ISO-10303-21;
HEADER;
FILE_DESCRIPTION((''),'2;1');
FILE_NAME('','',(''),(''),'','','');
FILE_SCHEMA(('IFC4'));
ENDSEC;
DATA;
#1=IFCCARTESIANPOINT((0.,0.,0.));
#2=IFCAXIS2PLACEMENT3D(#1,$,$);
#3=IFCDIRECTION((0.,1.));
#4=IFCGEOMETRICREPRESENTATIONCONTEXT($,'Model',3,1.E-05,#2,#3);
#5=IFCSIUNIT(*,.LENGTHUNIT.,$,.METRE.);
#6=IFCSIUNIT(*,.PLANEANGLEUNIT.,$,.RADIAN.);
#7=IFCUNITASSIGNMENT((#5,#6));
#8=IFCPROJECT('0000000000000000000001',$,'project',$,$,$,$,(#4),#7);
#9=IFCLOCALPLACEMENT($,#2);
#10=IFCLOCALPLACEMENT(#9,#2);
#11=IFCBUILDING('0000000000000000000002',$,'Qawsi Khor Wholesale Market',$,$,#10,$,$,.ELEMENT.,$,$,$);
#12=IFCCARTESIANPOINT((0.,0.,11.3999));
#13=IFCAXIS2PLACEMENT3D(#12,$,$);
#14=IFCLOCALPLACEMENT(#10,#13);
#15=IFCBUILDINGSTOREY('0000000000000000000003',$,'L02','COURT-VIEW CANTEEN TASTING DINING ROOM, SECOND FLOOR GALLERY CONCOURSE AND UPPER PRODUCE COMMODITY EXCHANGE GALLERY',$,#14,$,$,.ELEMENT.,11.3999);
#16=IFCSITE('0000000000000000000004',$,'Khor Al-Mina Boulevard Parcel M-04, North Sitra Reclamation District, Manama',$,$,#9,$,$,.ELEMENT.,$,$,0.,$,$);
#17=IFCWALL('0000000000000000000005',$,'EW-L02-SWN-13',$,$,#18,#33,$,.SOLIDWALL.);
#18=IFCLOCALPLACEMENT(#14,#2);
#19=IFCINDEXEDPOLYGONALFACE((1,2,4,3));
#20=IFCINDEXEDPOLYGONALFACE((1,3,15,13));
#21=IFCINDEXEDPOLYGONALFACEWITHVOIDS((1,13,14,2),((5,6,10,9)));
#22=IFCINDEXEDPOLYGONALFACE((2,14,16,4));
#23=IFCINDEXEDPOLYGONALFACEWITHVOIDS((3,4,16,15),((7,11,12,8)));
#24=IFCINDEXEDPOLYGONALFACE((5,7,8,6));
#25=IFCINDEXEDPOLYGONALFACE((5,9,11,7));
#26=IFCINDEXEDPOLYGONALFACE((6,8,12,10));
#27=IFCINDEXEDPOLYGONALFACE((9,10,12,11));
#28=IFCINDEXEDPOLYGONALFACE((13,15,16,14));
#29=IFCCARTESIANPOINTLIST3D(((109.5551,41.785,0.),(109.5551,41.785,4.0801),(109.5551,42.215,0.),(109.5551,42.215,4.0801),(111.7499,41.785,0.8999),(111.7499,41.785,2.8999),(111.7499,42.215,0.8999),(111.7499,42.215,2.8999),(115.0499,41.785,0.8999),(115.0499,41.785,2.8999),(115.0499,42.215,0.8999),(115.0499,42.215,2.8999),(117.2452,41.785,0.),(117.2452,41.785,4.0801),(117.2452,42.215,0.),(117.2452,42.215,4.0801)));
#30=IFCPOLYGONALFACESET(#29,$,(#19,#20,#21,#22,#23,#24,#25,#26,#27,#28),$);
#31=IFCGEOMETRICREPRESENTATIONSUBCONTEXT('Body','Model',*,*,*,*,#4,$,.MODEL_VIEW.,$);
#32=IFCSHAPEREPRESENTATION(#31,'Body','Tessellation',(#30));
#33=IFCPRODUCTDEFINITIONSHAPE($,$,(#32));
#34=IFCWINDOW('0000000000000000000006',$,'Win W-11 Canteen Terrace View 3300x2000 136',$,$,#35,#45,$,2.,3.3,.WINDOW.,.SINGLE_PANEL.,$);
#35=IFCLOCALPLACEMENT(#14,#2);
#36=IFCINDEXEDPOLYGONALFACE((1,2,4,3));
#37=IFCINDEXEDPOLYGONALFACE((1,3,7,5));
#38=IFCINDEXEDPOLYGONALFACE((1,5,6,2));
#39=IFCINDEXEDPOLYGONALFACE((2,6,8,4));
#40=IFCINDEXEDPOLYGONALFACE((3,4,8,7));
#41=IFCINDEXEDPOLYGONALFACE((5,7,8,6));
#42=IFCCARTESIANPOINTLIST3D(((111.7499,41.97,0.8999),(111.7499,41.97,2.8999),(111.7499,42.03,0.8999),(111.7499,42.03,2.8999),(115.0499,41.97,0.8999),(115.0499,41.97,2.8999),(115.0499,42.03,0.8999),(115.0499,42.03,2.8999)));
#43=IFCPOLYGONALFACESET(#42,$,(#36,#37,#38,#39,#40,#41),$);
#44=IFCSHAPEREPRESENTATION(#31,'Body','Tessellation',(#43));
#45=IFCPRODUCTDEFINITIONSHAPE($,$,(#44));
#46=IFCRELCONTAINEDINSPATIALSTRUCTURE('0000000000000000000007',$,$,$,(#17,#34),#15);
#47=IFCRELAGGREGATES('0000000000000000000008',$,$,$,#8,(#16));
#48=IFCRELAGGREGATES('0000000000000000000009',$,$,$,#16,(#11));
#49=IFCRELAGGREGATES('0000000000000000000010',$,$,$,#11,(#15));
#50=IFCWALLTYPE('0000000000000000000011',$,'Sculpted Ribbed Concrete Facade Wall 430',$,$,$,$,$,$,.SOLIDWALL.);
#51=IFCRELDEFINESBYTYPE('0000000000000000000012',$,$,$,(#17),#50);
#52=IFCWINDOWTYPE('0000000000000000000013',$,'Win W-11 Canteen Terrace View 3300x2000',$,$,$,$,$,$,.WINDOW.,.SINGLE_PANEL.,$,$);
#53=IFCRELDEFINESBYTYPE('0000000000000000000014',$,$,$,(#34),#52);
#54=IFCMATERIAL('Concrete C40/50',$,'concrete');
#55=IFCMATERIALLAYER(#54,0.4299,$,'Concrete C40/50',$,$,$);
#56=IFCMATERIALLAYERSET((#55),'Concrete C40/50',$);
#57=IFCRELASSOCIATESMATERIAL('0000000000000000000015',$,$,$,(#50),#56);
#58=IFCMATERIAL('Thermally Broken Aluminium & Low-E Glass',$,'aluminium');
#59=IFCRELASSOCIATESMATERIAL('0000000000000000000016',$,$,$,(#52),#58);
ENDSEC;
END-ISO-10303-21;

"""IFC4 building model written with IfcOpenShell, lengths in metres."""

from ifc_helpers import new_model, si_unit, direction, frame, frame_2d, origin, place, context, subcontext, project, spatial, rectangle, extrude, material, layer, layer_set, type_object, element, fill, save


model = new_model("IFC4")

# Units and contexts
model_context = context("Model", 3, precision=1e-05, world=origin(), true_north=direction((0.0, 1.0)))
body_context = subcontext(model_context, "Body", "Model", "MODEL_VIEW")
ifc_project = project(units=[si_unit("LENGTHUNIT", "METRE"), si_unit("PLANEANGLEUNIT", "RADIAN")], contexts=[model_context])

# Site, building, storey
site_placement = place(None, origin())
site = spatial("IfcSite", under=ifc_project, at=site_placement, Name="Khor Al-Mina Boulevard Parcel M-04, North Sitra Reclamation District, Manama", CompositionType="ELEMENT", RefElevation=0.0)
building_placement = place(site_placement, origin())
building = spatial("IfcBuilding", under=site, at=building_placement, Name="Qawsi Khor Wholesale Market", CompositionType="ELEMENT")
storey_placement = place(building_placement, frame((0.0, 0.0, 11.3999)))
storey = spatial("IfcBuildingStorey", under=building, at=storey_placement, Name="L02", Description="COURT-VIEW CANTEEN TASTING DINING ROOM, SECOND FLOOR GALLERY CONCOURSE AND UPPER PRODUCE COMMODITY EXCHANGE GALLERY", CompositionType="ELEMENT", Elevation=11.3999)

# Shared definitions
ifc_material_1 = material(Name="Concrete C40/50", Category="concrete")

# Wall, opening, window
ifc_layer_1 = layer(ifc_material_1, 0.4299, Name="Concrete C40/50")
ifc_layer_set_1 = layer_set([ifc_layer_1], Name="Concrete C40/50")
wall_type = type_object("IfcWallType", Name="Sculpted Ribbed Concrete Facade Wall 430", PredefinedType="SOLIDWALL", material=ifc_layer_set_1)
ifc_material_2 = material(Name="Thermally Broken Aluminium & Low-E Glass", Category="aluminium")
window_type = type_object("IfcWindowType", Name="Win W-11 Canteen Terrace View 3300x2000", PartitioningType="SINGLE_PANEL", PredefinedType="WINDOW", material=ifc_material_2)
wall_1_placement = place(storey_placement, frame((109.5549, 42.0, 0.0), z_axis=(0.0, 0.0, 1.0), x_axis=(1.0, 0.0, 0.0)))
wall_1 = element("IfcWall", 1, at=wall_1_placement, inside=storey, type_object=wall_type, Name="EW-L02-SWN-13", PredefinedType="SOLIDWALL", context=body_context, shape_type="SweptSolid", body=[
    extrude(rectangle(XDim=7.6902, YDim=0.4299, at=frame_2d((3.8452, 0.0))), origin(), (0.0, 0.0, 1.0), 4.0801),
])
opening_1_placement = place(wall_1_placement, frame((2.1951, 0.0, 0.8999)))
opening_1 = element("IfcOpeningElement", 2, at=opening_1_placement, cuts=wall_1, PredefinedType="OPENING", context=body_context, shape_type="SweptSolid", body=[
    extrude(rectangle(XDim=3.3, YDim=2.0, at=frame_2d((1.6499, 1.0))), frame((0.0, 0.2249, 0.0), z_axis=(0.0, -1.0, 0.0), x_axis=(1.0, 0.0, 0.0)), (0.0, 0.0, 1.0), 0.45),
])
window_1_placement = place(opening_1_placement, origin())
window_1 = element("IfcWindow", 3, at=window_1_placement, inside=storey, type_object=window_type, Name="Win W-11 Canteen Terrace View 3300x2000 136", OverallHeight=2.0, OverallWidth=3.3, PartitioningType="SINGLE_PANEL", PredefinedType="WINDOW", context=body_context, shape_type="SweptSolid", body=[
    extrude(rectangle(XDim=3.3, YDim=2.0, at=frame_2d((1.6499, 1.0))), frame((0.0, 0.03, 0.0), z_axis=(0.0, -1.0, 0.0), x_axis=(1.0, 0.0, 0.0)), (0.0, 0.0, 1.0), 0.0601),
])
fill(opening_1, window_1)

save(model, "model.ifc")
